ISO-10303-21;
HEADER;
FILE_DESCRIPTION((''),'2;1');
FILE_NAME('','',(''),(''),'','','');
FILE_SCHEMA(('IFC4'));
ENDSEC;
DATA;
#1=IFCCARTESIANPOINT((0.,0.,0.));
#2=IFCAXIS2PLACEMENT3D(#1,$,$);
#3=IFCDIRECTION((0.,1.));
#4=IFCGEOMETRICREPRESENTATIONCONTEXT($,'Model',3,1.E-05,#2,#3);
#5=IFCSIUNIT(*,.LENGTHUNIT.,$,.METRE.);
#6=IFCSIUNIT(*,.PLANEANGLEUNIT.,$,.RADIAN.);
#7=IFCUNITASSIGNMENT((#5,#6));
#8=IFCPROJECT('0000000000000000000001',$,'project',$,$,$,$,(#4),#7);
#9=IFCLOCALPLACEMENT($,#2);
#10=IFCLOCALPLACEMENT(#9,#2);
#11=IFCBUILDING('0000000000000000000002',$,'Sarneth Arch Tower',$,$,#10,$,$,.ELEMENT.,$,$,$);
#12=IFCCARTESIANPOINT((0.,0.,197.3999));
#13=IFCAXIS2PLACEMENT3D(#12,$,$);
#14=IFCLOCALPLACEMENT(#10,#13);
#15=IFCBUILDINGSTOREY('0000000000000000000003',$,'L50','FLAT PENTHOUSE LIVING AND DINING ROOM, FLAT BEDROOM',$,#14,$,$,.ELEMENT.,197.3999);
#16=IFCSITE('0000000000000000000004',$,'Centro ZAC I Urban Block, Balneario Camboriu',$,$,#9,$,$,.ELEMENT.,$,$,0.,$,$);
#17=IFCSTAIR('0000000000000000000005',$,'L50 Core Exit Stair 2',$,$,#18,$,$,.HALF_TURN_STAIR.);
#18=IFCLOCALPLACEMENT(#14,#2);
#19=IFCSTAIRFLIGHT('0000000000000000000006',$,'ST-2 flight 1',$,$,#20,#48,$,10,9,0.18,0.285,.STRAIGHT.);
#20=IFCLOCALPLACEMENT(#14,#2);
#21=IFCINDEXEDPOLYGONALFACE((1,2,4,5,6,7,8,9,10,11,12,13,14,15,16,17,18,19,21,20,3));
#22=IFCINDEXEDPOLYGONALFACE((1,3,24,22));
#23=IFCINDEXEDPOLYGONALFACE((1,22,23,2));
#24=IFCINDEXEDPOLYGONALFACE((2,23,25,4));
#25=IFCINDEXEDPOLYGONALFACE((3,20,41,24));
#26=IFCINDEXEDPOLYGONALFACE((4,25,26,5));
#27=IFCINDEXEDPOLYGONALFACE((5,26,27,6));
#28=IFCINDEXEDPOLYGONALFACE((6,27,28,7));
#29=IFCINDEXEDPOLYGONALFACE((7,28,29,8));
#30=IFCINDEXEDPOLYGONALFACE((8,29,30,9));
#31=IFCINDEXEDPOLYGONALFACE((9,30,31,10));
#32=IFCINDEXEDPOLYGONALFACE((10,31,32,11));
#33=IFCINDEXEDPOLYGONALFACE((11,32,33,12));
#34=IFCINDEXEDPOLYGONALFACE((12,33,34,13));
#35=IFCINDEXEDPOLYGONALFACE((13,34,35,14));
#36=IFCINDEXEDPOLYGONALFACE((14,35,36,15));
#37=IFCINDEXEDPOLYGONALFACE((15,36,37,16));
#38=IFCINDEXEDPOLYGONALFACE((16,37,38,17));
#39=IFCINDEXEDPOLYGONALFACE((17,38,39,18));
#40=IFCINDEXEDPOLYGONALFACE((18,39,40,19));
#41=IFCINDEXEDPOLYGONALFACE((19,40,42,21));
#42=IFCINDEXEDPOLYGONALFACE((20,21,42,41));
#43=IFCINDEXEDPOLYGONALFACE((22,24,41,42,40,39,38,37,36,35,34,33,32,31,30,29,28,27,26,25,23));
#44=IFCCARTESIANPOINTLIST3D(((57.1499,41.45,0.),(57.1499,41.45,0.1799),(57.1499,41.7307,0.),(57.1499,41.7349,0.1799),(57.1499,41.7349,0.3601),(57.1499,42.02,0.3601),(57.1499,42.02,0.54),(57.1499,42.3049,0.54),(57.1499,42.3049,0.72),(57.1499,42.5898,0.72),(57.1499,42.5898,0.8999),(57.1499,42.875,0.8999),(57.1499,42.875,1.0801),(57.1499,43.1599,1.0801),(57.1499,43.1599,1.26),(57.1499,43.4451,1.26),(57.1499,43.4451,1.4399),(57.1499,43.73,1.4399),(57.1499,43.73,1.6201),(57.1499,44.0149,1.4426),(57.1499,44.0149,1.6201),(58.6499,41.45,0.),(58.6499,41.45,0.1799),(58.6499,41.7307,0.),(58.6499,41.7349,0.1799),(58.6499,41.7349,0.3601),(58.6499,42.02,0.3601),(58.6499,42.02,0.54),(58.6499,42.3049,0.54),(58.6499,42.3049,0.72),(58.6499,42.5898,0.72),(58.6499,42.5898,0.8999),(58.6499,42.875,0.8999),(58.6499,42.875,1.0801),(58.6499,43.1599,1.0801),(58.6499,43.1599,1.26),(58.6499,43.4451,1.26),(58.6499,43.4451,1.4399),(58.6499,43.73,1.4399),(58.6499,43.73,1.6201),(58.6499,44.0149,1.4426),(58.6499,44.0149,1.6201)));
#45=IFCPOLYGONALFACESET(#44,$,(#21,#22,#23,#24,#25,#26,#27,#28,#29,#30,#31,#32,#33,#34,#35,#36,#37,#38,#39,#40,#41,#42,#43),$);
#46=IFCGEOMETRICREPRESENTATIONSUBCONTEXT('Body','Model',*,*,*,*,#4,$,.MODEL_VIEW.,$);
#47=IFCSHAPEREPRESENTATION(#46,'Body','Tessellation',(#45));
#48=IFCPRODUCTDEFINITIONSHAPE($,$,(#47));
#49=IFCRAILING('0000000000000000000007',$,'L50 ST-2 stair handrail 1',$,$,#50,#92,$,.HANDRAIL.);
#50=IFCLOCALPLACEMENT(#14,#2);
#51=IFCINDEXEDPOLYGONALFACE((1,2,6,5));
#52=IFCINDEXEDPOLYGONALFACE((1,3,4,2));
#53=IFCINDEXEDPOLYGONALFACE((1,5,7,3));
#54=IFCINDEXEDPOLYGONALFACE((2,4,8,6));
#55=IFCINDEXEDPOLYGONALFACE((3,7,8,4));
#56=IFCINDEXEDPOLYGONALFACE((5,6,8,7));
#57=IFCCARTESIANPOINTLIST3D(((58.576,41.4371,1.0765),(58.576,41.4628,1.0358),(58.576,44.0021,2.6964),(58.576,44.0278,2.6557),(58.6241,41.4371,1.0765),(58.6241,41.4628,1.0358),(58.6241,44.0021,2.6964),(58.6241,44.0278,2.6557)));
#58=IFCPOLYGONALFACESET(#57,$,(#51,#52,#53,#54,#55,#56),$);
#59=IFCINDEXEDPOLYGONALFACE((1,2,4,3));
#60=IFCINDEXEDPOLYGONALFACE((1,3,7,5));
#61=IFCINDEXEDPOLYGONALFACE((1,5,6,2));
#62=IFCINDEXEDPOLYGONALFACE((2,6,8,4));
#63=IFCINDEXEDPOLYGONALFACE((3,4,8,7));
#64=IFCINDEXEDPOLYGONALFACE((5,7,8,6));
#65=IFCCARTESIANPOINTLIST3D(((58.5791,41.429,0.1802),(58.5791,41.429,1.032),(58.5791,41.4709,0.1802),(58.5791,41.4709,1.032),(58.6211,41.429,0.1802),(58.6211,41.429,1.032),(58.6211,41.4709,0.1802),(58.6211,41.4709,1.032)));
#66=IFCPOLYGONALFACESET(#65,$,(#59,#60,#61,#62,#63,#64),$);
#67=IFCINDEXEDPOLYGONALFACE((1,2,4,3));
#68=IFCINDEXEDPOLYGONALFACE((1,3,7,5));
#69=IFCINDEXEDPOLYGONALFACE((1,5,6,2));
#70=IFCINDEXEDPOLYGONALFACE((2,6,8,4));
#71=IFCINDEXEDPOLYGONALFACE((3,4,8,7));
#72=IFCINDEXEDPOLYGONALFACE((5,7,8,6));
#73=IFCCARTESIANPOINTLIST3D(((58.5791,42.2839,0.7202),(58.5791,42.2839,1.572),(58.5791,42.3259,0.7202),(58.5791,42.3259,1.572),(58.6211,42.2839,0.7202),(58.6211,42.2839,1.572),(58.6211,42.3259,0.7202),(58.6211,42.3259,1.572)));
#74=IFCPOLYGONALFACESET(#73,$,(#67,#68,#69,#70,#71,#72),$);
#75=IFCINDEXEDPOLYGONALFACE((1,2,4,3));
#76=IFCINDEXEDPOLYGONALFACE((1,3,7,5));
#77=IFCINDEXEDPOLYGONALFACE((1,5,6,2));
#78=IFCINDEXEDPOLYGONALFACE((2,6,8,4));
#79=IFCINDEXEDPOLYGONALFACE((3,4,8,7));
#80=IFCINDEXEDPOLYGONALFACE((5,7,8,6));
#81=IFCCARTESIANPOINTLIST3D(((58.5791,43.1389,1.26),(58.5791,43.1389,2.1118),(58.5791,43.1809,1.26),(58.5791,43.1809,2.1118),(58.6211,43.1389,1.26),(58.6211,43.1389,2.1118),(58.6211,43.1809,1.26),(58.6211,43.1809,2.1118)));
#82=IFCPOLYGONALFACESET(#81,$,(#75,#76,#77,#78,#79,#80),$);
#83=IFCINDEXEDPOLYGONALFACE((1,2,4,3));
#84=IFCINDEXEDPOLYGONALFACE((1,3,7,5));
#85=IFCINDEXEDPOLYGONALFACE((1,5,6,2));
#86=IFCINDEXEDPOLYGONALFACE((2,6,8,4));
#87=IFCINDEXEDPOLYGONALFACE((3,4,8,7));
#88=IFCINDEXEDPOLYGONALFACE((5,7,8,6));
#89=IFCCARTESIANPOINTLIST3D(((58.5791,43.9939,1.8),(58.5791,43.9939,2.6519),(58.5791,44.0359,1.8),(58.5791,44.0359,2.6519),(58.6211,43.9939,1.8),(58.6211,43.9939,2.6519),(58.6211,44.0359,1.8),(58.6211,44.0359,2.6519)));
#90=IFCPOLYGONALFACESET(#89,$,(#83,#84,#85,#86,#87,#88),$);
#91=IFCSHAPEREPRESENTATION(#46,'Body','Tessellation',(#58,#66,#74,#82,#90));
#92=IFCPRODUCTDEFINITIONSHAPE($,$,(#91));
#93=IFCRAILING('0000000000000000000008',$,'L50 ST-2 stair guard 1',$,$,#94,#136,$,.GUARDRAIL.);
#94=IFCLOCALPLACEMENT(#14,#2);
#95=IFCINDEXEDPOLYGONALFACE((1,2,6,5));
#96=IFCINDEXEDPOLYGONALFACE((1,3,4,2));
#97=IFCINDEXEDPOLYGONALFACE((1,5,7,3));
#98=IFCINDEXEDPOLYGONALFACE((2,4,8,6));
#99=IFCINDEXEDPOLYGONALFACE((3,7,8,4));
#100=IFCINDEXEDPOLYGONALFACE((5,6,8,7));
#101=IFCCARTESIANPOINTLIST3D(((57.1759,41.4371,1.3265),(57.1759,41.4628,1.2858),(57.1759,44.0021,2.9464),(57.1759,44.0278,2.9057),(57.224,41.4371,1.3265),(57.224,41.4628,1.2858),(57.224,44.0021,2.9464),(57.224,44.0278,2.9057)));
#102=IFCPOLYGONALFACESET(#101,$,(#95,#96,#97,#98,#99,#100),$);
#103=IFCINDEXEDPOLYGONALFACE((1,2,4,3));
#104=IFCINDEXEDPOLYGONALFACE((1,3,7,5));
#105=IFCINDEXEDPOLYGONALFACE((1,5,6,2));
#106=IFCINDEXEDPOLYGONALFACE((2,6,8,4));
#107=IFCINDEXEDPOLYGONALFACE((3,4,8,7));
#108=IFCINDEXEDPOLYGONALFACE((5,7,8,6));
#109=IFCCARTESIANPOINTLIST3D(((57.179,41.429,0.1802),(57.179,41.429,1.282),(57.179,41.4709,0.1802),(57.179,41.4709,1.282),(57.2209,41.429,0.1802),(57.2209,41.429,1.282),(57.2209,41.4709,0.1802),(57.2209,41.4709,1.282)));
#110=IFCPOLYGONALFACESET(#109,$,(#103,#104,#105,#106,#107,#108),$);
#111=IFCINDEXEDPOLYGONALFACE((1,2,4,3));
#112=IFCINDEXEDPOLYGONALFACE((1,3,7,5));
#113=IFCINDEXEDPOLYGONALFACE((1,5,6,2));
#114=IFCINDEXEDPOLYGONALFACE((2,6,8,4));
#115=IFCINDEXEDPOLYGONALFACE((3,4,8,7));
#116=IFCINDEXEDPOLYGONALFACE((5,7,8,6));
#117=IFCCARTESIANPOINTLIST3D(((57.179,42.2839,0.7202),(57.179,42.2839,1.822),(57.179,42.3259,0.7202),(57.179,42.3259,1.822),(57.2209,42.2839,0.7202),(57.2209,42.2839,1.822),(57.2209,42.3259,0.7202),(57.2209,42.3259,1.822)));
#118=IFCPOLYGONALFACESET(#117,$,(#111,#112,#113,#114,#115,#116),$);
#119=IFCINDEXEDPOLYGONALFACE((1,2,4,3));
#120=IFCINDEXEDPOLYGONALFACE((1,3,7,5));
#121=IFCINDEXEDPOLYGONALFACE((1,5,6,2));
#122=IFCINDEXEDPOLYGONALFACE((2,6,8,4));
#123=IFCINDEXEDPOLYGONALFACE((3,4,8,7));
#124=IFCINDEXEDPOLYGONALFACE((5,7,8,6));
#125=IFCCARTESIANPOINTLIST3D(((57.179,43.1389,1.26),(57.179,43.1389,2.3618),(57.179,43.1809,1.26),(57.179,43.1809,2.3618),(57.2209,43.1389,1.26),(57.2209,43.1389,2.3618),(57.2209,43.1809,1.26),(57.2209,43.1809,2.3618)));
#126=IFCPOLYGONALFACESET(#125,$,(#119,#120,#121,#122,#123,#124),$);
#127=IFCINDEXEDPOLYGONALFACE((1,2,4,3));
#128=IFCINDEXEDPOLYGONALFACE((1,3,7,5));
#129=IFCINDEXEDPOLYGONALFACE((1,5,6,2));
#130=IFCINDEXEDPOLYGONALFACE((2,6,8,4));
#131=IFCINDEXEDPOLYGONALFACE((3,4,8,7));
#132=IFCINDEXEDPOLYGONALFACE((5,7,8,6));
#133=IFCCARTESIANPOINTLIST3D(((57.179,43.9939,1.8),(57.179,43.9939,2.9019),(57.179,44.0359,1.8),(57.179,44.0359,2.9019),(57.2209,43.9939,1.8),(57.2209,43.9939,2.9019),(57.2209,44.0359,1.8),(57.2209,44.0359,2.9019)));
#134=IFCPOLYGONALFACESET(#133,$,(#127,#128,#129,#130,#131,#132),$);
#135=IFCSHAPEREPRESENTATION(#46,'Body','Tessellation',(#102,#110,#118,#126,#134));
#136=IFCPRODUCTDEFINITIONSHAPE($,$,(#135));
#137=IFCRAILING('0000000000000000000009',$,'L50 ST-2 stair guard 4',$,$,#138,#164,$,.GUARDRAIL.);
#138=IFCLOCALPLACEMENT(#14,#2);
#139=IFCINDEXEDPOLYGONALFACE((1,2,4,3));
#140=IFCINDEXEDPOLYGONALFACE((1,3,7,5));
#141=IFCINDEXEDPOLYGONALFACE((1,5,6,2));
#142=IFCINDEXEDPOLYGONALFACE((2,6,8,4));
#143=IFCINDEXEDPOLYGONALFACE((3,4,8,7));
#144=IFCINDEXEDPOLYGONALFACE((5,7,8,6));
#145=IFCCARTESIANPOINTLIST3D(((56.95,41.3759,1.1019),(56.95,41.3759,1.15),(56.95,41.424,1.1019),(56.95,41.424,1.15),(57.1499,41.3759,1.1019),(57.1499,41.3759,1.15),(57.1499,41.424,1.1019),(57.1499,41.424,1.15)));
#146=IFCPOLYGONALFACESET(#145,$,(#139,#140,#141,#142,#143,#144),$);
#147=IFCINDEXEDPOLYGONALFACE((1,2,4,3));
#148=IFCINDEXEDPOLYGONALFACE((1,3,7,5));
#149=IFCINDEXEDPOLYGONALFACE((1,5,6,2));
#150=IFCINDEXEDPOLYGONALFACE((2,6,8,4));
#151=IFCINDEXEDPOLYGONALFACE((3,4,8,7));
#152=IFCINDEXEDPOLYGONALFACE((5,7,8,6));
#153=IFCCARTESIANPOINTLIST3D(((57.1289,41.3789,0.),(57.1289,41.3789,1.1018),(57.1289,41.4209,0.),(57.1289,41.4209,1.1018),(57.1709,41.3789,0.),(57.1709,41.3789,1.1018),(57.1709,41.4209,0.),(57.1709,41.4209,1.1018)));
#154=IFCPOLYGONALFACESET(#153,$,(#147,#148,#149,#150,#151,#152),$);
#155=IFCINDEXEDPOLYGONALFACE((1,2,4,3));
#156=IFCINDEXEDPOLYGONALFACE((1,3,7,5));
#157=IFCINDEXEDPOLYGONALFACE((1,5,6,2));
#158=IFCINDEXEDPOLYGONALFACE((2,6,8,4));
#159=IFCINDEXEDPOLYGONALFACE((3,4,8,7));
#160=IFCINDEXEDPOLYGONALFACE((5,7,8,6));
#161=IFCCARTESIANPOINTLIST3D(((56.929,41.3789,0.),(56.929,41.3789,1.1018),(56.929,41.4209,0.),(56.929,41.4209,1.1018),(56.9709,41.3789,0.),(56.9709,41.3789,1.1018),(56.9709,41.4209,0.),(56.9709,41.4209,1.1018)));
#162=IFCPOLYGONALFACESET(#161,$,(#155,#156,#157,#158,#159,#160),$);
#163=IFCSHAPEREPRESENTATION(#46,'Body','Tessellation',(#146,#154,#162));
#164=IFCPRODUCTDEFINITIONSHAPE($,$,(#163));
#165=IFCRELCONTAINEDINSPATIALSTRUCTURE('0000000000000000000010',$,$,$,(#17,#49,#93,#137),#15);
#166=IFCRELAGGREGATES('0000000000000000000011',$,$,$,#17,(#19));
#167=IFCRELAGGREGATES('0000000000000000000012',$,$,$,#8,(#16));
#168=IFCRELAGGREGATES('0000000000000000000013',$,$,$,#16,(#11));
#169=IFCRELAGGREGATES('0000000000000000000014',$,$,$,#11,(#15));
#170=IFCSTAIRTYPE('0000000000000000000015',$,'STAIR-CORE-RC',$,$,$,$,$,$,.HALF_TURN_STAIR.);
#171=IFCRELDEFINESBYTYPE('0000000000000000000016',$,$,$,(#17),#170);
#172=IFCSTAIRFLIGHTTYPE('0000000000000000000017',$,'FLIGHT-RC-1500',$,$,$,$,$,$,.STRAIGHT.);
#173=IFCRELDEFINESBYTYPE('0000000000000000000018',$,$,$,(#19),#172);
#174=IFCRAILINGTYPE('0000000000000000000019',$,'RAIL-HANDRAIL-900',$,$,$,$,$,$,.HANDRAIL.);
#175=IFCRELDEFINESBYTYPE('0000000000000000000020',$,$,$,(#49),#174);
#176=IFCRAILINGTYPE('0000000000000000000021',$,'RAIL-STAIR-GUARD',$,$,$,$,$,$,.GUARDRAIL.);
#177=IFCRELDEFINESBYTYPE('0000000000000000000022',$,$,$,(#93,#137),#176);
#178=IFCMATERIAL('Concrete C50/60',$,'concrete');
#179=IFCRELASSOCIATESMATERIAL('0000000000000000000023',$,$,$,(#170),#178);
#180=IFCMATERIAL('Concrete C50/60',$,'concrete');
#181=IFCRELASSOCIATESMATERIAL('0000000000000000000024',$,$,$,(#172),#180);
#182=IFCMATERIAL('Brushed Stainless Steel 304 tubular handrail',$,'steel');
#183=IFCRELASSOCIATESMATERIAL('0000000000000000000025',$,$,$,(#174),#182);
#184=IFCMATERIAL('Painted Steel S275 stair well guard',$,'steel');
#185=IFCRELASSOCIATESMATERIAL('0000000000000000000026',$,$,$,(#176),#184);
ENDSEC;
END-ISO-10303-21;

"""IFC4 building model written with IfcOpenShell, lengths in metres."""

from ifc_helpers import new_model, si_unit, direction, frame, origin, origin_2d, place, context, subcontext, project, spatial, polyline, rectangle, outline, extrude, material, type_object, element, aggregate, save


model = new_model("IFC4")

# Units and contexts
model_context = context("Model", 3, precision=1e-05, world=origin(), true_north=direction((0.0, 1.0)))
body_context = subcontext(model_context, "Body", "Model", "MODEL_VIEW")
ifc_project = project(units=[si_unit("LENGTHUNIT", "METRE"), si_unit("PLANEANGLEUNIT", "RADIAN")], contexts=[model_context])

# Site, building, storey
site_placement = place(None, origin())
site = spatial("IfcSite", under=ifc_project, at=site_placement, Name="Centro ZAC I Urban Block, Balneario Camboriu", CompositionType="ELEMENT", RefElevation=0.0)
building_placement = place(site_placement, origin())
building = spatial("IfcBuilding", under=site, at=building_placement, Name="Sarneth Arch Tower", CompositionType="ELEMENT")
storey_placement = place(building_placement, frame((0.0, 0.0, 197.3999)))
storey = spatial("IfcBuildingStorey", under=building, at=storey_placement, Name="L50", Description="FLAT PENTHOUSE LIVING AND DINING ROOM, FLAT BEDROOM", CompositionType="ELEMENT", Elevation=197.3999)

# Stair, stair flight
ifc_material_1 = material(Name="Concrete C50/60", Category="concrete")
stair_type = type_object("IfcStairType", Name="STAIR-CORE-RC", PredefinedType="HALF_TURN_STAIR", material=ifc_material_1)
stair_placement = place(storey_placement, origin())
stair = element("IfcStair", 1, at=stair_placement, inside=storey, type_object=stair_type, Name="L50 Core Exit Stair 2", PredefinedType="HALF_TURN_STAIR")
ifc_material_2 = material(Name="Concrete C50/60", Category="concrete")
stair_flight_type = type_object("IfcStairFlightType", Name="FLIGHT-RC-1500", PredefinedType="STRAIGHT", material=ifc_material_2)
stair_flight_placement = place(storey_placement, frame((57.8999, 41.45, 0.0), z_axis=(0.0, 0.0, 1.0), x_axis=(0.0, 1.0, 0.0)))
stair_flight = element("IfcStairFlight", 2, at=stair_flight_placement, type_object=stair_flight_type, Name="ST-2 flight 1", NumberOfRisers=10, NumberOfTreads=9, PredefinedType="STRAIGHT", RiserHeight=0.18, TreadLength=0.285, context=body_context, shape_type="SweptSolid", body=[
    extrude(outline(polyline([(0.0, 0.0), (0.0, 0.1799), (0.2849, 0.1799), (0.2849, 0.3601), (0.5701, 0.3601), (0.5701, 0.54), (0.855, 0.54), (0.855, 0.72), (1.1399, 0.72), (1.1399, 0.8999), (1.425, 0.8999), (1.425, 1.0801), (1.71, 1.0801), (1.71, 1.26), (1.9951, 1.26), (1.9951, 1.4399), (2.28, 1.4399), (2.28, 1.6201), (2.5649, 1.6201), (2.5649, 1.8), (2.5649, 1.4426), (0.2808, 0.0), (0.0, 0.0)])), frame((0.0, 0.75, 0.0), z_axis=(0.0, -1.0, 0.0), x_axis=(1.0, 0.0, 0.0)), (0.0, 0.0, 1.0), 1.5),
])
aggregate(stair, [stair_flight])

# Railings
ifc_material_3 = material(Name="Brushed Stainless Steel 304 tubular handrail", Category="steel")
railing_type_1 = type_object("IfcRailingType", Name="RAIL-HANDRAIL-900", PredefinedType="HANDRAIL", material=ifc_material_3)
railing_1_placement = place(storey_placement, frame((58.6001, 41.45, 0.1802)))
element("IfcRailing", 3, at=railing_1_placement, inside=storey, type_object=railing_type_1, Name="L50 ST-2 stair handrail 1", PredefinedType="HANDRAIL", context=body_context, shape_type="SweptSolid", body=[
    extrude(rectangle(XDim=0.0481, YDim=0.0481, at=origin_2d()), frame((0.0, 0.0, 0.876), z_axis=(0.0, 0.845502, 0.533972), x_axis=(-1.0, 0.0, 0.0)), (0.0, 0.0, 1.0), 3.0337),
    extrude(rectangle(XDim=0.042, YDim=0.042, at=origin_2d()), origin(), (0.0, 0.0, 1.0), 0.8518),
    extrude(rectangle(XDim=0.042, YDim=0.042, at=origin_2d()), frame((0.0, 0.855, 0.54)), (0.0, 0.0, 1.0), 0.8518),
    extrude(rectangle(XDim=0.042, YDim=0.042, at=origin_2d()), frame((0.0, 1.71, 1.0798)), (0.0, 0.0, 1.0), 0.8518),
    extrude(rectangle(XDim=0.042, YDim=0.042, at=origin_2d()), frame((0.0, 2.5649, 1.6199)), (0.0, 0.0, 1.0), 0.8518),
])
ifc_material_4 = material(Name="Painted Steel S275 stair well guard", Category="steel")
railing_type_2 = type_object("IfcRailingType", Name="RAIL-STAIR-GUARD", PredefinedType="GUARDRAIL", material=ifc_material_4)
railing_2_placement = place(storey_placement, frame((57.2, 41.45, 0.1802)))
element("IfcRailing", 4, at=railing_2_placement, inside=storey, type_object=railing_type_2, Name="L50 ST-2 stair guard 1", PredefinedType="GUARDRAIL", context=body_context, shape_type="SweptSolid", body=[
    extrude(rectangle(XDim=0.0481, YDim=0.0481, at=origin_2d()), frame((0.0, 0.0, 1.126), z_axis=(0.0, 0.845502, 0.533972), x_axis=(-1.0, 0.0, 0.0)), (0.0, 0.0, 1.0), 3.0337),
    extrude(rectangle(XDim=0.042, YDim=0.042, at=origin_2d()), origin(), (0.0, 0.0, 1.0), 1.1018),
    extrude(rectangle(XDim=0.042, YDim=0.042, at=origin_2d()), frame((0.0, 0.855, 0.54)), (0.0, 0.0, 1.0), 1.1018),
    extrude(rectangle(XDim=0.042, YDim=0.042, at=origin_2d()), frame((0.0, 1.71, 1.0798)), (0.0, 0.0, 1.0), 1.1018),
    extrude(rectangle(XDim=0.042, YDim=0.042, at=origin_2d()), frame((0.0, 2.5649, 1.6199)), (0.0, 0.0, 1.0), 1.1018),
])
railing_3_placement = place(storey_placement, frame((57.1499, 41.3999, 0.0)))
element("IfcRailing", 5, at=railing_3_placement, inside=storey, type_object=railing_type_2, Name="L50 ST-2 stair guard 4", PredefinedType="GUARDRAIL", context=body_context, shape_type="SweptSolid", body=[
    extrude(rectangle(XDim=0.0481, YDim=0.0481, at=origin_2d()), frame((0.0, 0.0, 1.126), z_axis=(-1.0, 0.0, 0.0), x_axis=(0.0, -1.0, 0.0)), (0.0, 0.0, 1.0), 0.2),
    extrude(rectangle(XDim=0.042, YDim=0.042, at=origin_2d()), origin(), (0.0, 0.0, 1.0), 1.1018),
    extrude(rectangle(XDim=0.042, YDim=0.042, at=origin_2d()), frame((-0.2, 0.0, 0.0)), (0.0, 0.0, 1.0), 1.1018),
])

save(model, "model.ifc")
